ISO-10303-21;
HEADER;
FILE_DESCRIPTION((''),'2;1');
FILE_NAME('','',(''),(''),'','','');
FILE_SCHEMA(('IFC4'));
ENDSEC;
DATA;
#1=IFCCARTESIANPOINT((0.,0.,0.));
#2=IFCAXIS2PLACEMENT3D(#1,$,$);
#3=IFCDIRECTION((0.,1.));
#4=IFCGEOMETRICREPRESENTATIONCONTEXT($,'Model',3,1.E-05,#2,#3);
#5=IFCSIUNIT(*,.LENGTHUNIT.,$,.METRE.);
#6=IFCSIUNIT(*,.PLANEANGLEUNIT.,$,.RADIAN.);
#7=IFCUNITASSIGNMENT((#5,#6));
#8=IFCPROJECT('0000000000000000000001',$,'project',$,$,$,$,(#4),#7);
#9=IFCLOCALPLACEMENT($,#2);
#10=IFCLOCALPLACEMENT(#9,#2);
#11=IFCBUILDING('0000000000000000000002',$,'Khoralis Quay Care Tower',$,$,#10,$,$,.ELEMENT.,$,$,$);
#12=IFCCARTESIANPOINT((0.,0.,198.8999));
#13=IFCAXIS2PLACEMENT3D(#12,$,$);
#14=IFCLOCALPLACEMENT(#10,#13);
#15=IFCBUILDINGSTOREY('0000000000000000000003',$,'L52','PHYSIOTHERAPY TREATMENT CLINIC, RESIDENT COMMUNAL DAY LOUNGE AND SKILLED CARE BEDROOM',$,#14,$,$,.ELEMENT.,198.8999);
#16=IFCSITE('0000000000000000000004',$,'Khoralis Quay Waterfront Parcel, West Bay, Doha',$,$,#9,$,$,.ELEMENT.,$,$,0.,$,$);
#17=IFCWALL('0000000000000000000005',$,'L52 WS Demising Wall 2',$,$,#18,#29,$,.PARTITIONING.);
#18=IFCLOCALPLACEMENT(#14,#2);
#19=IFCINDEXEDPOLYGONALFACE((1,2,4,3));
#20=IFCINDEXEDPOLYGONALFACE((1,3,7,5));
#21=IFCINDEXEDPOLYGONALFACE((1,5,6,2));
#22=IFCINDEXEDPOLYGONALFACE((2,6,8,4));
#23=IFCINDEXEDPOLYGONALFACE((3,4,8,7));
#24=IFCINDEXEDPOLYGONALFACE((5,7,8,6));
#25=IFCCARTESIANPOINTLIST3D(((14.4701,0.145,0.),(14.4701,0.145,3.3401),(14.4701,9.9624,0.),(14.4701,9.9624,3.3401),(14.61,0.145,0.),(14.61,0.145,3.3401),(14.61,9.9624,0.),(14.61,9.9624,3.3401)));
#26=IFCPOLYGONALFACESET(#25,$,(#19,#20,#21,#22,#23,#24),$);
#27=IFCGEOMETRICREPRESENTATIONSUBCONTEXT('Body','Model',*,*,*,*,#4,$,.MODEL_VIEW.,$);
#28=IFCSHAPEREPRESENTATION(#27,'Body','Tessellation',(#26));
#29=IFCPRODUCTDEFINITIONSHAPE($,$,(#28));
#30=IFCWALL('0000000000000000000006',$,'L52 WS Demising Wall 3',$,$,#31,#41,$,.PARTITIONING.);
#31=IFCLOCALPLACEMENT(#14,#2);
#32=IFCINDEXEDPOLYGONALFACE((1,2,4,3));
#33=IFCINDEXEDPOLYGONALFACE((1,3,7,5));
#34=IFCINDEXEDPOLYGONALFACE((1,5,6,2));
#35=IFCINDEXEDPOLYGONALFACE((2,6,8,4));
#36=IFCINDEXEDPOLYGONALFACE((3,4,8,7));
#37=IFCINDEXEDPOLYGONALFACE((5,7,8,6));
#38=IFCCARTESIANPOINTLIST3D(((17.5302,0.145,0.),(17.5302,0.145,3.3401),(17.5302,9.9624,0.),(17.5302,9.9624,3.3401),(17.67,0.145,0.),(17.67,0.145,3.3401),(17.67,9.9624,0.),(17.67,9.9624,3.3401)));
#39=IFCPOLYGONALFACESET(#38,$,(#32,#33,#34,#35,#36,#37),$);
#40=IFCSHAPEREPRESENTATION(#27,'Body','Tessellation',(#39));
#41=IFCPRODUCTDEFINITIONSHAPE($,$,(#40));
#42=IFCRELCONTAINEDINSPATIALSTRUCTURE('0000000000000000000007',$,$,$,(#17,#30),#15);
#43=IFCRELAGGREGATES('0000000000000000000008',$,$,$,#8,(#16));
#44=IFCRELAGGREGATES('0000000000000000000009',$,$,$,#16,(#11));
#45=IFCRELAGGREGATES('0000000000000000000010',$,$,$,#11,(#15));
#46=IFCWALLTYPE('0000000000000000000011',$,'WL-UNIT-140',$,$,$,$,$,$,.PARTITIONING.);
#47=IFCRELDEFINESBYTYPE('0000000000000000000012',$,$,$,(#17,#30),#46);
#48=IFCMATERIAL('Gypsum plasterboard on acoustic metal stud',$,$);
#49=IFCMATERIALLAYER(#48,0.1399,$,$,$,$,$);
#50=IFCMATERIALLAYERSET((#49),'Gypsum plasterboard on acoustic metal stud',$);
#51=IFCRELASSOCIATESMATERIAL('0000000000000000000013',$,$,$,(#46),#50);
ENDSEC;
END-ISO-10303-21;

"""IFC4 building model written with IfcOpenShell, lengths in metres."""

from ifc_helpers import new_model, si_unit, direction, frame, frame_2d, origin, place, context, subcontext, project, spatial, rectangle, extrude, material, layer, layer_set, type_object, element, save


model = new_model("IFC4")

# Units and contexts
model_context = context("Model", 3, precision=1e-05, world=origin(), true_north=direction((0.0, 1.0)))
body_context = subcontext(model_context, "Body", "Model", "MODEL_VIEW")
ifc_project = project(units=[si_unit("LENGTHUNIT", "METRE"), si_unit("PLANEANGLEUNIT", "RADIAN")], contexts=[model_context])

# Site, building, storey
site_placement = place(None, origin())
site = spatial("IfcSite", under=ifc_project, at=site_placement, Name="Khoralis Quay Waterfront Parcel, West Bay, Doha", CompositionType="ELEMENT", RefElevation=0.0)
building_placement = place(site_placement, origin())
building = spatial("IfcBuilding", under=site, at=building_placement, Name="Khoralis Quay Care Tower", CompositionType="ELEMENT")
storey_placement = place(building_placement, frame((0.0, 0.0, 198.8999)))
storey = spatial("IfcBuildingStorey", under=building, at=storey_placement, Name="L52", Description="PHYSIOTHERAPY TREATMENT CLINIC, RESIDENT COMMUNAL DAY LOUNGE AND SKILLED CARE BEDROOM", CompositionType="ELEMENT", Elevation=198.8999)

# Walls
ifc_material_1 = material(Name="Gypsum plasterboard on acoustic metal stud")
ifc_layer_1 = layer(ifc_material_1, 0.1399)
ifc_layer_set_1 = layer_set([ifc_layer_1], Name="Gypsum plasterboard on acoustic metal stud")
wall_type = type_object("IfcWallType", Name="WL-UNIT-140", PredefinedType="PARTITIONING", material=ifc_layer_set_1)
for number, where, z_axis, x_axis, name in (
    (1, (14.54, 0.145, 0.0), (0.0, 0.0, 1.0), (0.0, 1.0, 0.0), "L52 WS Demising Wall 2"),
    (2, (17.6001, 0.145, 0.0), (0.0, 0.0, 1.0), (0.0, 1.0, 0.0), "L52 WS Demising Wall 3"),
):
    element("IfcWall", number, at=place(storey_placement, frame(where, z_axis=z_axis, x_axis=x_axis)), inside=storey, type_object=wall_type, Name=name, PredefinedType="PARTITIONING", context=body_context, shape_type="SweptSolid", body=[
        extrude(rectangle(XDim=9.8174, YDim=0.1399, at=frame_2d((4.9087, 0.0))), origin(), (0.0, 0.0, 1.0), 3.3401),
    ])

save(model, "model.ifc")
